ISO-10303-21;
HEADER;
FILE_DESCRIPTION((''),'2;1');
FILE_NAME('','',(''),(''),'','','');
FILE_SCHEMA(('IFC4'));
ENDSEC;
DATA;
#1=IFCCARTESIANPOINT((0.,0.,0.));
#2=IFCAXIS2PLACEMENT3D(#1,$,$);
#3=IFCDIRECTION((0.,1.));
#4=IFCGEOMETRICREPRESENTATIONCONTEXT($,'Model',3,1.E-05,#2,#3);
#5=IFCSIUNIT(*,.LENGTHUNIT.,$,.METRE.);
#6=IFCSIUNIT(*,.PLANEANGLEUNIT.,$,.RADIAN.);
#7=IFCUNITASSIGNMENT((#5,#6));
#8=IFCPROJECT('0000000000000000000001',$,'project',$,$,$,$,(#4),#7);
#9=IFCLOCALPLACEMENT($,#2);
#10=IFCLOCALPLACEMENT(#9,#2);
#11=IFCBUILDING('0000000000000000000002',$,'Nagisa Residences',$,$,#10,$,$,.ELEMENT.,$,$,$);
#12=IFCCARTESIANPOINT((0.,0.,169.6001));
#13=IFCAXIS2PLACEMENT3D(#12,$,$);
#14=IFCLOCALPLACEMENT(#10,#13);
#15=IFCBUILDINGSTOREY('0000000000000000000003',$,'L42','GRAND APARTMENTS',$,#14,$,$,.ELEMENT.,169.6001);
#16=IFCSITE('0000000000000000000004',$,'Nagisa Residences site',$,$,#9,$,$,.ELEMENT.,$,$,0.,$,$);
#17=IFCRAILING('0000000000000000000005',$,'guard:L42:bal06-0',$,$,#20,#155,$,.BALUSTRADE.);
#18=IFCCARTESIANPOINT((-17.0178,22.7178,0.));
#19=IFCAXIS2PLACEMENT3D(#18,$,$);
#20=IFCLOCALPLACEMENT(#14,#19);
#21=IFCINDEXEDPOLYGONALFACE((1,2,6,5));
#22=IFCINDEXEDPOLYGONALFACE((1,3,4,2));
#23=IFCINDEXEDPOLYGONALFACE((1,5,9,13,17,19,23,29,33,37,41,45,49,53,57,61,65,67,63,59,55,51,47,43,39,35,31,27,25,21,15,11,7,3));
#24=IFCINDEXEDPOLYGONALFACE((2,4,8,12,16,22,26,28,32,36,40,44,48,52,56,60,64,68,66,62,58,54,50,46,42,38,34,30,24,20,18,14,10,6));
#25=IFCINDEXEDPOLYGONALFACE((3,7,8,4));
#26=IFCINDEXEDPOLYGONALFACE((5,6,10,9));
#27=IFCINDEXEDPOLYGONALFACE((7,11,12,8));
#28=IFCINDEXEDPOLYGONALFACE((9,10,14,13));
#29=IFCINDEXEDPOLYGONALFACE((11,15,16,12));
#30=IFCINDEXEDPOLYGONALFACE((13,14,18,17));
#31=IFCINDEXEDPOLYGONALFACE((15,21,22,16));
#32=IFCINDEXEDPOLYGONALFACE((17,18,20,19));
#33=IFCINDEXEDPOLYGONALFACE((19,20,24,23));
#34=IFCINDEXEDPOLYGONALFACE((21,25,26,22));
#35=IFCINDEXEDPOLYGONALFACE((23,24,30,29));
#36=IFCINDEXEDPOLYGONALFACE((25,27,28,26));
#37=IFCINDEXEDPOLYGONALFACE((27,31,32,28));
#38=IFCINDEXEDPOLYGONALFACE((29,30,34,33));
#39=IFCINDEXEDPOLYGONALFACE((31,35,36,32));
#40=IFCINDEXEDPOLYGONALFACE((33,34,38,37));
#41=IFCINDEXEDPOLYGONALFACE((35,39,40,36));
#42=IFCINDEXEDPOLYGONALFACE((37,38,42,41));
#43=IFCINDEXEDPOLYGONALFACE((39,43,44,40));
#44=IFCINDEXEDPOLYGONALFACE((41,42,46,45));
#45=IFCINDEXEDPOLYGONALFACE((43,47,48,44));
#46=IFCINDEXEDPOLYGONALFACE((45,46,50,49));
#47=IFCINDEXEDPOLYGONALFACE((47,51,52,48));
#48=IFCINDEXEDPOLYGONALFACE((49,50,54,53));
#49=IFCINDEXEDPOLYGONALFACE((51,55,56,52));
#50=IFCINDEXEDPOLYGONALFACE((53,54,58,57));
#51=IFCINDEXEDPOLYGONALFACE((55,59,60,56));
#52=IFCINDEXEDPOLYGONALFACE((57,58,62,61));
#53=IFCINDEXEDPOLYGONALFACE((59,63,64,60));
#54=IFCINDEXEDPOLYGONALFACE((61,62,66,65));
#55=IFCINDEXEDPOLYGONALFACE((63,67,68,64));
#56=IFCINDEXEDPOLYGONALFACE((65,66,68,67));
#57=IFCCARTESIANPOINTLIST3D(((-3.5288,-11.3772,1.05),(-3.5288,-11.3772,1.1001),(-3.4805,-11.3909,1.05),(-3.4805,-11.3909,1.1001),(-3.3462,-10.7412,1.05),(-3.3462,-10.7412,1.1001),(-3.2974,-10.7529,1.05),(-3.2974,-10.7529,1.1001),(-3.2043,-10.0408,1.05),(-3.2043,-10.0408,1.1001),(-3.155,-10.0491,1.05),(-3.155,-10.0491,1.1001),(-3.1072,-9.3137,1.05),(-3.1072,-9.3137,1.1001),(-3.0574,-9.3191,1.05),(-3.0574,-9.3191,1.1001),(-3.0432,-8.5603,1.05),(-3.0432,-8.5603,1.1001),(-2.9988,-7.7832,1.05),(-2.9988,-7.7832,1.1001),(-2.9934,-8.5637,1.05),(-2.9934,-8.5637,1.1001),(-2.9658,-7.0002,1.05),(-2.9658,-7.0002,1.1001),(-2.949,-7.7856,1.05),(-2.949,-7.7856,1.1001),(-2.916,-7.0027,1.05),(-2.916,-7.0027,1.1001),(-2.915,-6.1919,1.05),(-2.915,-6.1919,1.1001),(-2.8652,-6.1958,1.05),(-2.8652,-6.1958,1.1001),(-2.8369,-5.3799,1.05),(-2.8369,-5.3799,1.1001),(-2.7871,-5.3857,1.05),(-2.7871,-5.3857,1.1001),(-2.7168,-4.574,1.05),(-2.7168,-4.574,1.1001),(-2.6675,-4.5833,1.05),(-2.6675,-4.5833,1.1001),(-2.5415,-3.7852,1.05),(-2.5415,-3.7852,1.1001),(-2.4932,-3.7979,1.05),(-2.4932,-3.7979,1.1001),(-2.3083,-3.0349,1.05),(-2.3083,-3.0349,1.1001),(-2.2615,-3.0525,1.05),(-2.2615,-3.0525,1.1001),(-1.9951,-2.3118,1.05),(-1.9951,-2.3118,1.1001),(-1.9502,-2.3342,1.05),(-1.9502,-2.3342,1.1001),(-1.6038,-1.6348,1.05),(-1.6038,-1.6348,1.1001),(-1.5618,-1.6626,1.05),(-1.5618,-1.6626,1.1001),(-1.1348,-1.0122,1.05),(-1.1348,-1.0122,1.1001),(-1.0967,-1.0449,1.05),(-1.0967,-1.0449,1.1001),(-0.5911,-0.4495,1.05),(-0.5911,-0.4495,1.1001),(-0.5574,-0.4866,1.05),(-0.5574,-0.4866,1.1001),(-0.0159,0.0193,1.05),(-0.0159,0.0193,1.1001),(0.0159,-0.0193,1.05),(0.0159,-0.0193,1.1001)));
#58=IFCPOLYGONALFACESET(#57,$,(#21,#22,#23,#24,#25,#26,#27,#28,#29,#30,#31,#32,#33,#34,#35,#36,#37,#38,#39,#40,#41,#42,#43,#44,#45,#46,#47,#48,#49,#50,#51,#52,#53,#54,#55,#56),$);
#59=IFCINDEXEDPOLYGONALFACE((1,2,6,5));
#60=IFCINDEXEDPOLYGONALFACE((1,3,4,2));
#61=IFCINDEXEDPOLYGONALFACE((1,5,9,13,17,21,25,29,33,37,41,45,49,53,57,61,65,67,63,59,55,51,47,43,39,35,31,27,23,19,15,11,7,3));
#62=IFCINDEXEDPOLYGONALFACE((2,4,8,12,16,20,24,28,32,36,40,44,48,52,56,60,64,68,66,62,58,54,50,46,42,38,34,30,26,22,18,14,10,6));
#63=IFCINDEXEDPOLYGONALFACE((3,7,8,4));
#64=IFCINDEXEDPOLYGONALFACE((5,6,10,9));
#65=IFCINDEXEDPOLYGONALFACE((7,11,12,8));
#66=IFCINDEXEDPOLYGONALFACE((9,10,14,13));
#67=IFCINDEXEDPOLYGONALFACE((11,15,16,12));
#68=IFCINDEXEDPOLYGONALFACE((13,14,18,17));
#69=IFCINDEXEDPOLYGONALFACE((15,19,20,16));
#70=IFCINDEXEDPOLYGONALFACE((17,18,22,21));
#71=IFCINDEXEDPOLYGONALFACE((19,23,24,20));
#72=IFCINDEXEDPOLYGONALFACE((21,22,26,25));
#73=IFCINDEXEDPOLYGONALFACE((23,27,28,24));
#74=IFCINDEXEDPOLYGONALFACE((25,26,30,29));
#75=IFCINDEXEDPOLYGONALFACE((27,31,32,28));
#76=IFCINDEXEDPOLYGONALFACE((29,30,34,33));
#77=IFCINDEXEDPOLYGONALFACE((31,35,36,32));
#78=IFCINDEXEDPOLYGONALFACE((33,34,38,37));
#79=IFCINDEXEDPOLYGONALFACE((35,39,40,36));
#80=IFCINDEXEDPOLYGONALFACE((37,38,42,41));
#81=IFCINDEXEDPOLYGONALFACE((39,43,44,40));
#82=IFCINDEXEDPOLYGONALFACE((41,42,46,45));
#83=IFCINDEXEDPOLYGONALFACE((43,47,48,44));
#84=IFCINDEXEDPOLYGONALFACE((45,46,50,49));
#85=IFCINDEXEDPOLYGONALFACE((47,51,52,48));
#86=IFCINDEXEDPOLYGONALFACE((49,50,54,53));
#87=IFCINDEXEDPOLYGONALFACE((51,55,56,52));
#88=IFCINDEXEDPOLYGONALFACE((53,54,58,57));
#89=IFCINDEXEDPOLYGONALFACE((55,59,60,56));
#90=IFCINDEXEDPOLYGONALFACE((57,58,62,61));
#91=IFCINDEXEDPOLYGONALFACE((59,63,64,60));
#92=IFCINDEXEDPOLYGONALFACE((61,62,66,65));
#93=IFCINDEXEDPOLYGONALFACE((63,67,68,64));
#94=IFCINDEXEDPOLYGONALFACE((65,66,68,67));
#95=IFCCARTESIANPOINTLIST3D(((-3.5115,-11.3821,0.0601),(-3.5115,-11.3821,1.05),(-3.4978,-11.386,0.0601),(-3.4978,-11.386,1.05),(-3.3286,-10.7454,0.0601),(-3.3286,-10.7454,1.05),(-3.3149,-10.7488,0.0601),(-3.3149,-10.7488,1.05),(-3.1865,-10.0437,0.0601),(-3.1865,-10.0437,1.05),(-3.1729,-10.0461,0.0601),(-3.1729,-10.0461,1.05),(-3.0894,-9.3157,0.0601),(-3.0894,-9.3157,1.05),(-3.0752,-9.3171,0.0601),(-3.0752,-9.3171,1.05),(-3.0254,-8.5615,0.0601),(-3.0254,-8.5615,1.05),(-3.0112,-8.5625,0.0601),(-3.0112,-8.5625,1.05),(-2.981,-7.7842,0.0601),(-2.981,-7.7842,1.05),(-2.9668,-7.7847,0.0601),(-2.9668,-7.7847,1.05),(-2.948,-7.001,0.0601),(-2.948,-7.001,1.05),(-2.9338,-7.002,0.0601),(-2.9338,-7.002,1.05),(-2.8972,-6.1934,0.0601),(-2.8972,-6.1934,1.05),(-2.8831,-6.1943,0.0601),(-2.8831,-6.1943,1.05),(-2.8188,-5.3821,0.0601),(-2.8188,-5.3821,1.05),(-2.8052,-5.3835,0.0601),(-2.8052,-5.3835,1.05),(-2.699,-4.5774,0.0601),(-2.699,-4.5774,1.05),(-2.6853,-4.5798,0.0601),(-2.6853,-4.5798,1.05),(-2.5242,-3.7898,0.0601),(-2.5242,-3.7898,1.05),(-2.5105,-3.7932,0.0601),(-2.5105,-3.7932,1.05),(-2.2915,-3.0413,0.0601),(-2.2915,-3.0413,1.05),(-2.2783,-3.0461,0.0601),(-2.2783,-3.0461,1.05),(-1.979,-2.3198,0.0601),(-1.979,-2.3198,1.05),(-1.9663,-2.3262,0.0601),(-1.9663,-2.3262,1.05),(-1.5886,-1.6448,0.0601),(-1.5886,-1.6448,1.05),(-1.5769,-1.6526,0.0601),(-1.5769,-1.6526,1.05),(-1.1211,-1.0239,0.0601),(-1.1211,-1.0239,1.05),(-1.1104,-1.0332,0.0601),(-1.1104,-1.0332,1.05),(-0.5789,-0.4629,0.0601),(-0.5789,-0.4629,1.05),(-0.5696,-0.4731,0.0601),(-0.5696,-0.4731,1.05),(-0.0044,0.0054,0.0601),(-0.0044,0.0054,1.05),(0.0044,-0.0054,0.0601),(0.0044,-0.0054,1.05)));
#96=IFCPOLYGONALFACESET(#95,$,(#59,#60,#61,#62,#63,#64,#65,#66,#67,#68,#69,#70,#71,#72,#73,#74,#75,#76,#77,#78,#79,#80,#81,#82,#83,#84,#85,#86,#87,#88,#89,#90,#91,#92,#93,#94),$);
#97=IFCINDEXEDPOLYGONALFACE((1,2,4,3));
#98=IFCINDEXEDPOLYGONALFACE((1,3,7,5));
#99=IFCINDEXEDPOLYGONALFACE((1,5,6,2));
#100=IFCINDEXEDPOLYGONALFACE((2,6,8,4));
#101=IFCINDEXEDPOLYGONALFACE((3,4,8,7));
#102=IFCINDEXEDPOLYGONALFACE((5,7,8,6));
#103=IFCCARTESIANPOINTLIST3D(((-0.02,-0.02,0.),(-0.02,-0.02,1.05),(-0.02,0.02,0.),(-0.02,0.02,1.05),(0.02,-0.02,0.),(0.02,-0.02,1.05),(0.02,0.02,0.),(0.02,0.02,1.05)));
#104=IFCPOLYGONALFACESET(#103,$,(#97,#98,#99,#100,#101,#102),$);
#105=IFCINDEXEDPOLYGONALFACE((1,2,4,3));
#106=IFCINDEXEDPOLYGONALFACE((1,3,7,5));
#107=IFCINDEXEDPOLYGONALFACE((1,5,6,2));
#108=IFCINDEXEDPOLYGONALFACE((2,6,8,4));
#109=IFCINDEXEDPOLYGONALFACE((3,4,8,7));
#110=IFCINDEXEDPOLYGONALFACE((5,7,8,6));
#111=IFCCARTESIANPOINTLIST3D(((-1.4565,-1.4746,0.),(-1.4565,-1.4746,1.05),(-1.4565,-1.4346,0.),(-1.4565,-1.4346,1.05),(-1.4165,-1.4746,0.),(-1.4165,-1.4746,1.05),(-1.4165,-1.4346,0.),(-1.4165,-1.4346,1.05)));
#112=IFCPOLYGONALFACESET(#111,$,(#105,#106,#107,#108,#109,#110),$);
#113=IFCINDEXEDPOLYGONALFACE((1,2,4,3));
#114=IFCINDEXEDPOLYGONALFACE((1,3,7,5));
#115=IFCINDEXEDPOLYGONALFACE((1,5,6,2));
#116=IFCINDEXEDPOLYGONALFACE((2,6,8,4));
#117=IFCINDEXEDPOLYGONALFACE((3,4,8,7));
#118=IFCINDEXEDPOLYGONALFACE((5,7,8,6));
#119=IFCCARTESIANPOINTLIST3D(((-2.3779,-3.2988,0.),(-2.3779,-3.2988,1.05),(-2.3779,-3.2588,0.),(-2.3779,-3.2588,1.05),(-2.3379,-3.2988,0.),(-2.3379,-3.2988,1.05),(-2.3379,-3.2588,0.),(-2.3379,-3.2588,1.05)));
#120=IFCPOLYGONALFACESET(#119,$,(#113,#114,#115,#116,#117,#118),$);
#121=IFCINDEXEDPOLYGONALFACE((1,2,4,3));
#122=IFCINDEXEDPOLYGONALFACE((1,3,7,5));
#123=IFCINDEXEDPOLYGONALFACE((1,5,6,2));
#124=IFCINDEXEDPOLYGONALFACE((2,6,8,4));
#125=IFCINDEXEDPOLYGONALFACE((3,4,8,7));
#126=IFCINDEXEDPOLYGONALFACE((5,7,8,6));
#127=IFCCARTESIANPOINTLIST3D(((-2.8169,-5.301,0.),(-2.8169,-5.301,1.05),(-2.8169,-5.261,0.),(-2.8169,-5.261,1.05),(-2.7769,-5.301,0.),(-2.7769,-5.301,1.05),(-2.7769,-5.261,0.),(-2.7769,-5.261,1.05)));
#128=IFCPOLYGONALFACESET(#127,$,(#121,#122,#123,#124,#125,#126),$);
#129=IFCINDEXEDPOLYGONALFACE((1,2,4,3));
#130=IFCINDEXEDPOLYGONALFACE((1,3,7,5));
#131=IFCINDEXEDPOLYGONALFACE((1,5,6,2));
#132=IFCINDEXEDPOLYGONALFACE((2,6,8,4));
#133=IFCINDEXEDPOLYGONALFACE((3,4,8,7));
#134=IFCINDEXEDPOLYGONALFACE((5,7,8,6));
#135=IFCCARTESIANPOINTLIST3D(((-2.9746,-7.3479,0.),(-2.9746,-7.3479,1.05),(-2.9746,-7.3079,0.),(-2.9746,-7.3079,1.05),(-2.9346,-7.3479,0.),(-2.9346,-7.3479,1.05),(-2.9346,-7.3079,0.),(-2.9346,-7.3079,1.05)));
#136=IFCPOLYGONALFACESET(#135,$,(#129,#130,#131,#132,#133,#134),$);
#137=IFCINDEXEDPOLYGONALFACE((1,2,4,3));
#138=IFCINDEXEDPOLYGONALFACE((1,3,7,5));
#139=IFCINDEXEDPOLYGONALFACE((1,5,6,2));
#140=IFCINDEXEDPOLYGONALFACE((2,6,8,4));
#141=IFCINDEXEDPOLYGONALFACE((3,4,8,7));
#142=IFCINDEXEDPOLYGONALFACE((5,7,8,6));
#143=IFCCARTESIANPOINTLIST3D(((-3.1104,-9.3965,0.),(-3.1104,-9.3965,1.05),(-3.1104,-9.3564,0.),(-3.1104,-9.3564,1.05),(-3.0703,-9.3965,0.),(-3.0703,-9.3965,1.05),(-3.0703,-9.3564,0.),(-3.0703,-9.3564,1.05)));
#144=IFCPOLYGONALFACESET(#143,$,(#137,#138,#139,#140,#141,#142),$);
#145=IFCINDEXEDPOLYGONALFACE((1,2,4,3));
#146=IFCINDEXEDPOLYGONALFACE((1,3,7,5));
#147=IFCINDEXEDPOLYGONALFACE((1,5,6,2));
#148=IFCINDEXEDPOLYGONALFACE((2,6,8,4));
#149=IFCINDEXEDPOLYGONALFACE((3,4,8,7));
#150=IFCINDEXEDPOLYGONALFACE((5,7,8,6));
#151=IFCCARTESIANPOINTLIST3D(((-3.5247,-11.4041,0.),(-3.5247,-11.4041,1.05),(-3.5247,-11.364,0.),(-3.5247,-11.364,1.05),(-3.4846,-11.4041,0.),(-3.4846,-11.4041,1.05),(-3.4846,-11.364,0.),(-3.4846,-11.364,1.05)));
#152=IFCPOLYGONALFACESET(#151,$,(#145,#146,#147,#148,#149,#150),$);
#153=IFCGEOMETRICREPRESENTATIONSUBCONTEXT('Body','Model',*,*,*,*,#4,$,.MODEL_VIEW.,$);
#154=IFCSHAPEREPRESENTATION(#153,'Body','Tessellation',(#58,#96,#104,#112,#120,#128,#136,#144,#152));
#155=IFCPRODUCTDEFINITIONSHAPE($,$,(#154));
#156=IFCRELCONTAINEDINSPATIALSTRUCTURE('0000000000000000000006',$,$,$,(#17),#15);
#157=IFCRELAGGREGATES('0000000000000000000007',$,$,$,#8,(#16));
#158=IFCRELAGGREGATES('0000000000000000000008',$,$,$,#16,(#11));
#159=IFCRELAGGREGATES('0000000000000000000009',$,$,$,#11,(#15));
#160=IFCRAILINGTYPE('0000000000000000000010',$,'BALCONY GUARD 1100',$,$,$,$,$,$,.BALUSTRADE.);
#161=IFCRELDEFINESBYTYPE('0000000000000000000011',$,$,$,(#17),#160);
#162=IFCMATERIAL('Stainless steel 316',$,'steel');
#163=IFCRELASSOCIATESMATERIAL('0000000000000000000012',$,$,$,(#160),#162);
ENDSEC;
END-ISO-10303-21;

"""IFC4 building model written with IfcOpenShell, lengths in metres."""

from ifc_helpers import new_model, si_unit, direction, frame, origin, origin_2d, place, context, subcontext, project, spatial, polyline, rectangle, outline, extrude, material, type_object, element, save


model = new_model("IFC4")

# Units and contexts
model_context = context("Model", 3, precision=1e-05, world=origin(), true_north=direction((0.0, 1.0)))
body_context = subcontext(model_context, "Body", "Model", "MODEL_VIEW")
ifc_project = project(units=[si_unit("LENGTHUNIT", "METRE"), si_unit("PLANEANGLEUNIT", "RADIAN")], contexts=[model_context])

# Site, building, storey
site_placement = place(None, origin())
site = spatial("IfcSite", under=ifc_project, at=site_placement, Name="Nagisa Residences site", CompositionType="ELEMENT", RefElevation=0.0)
building_placement = place(site_placement, origin())
building = spatial("IfcBuilding", under=site, at=building_placement, Name="Nagisa Residences", CompositionType="ELEMENT")
storey_placement = place(building_placement, frame((0.0, 0.0, 169.6001)))
storey = spatial("IfcBuildingStorey", under=building, at=storey_placement, Name="L42", Description="GRAND APARTMENTS", CompositionType="ELEMENT", Elevation=169.6001)

# Railing
ifc_material_1 = material(Name="Stainless steel 316", Category="steel")
railing_type = type_object("IfcRailingType", Name="BALCONY GUARD 1100", PredefinedType="BALUSTRADE", material=ifc_material_1)
railing_placement = place(storey_placement, frame((-17.0178, 22.7178, 0.0)))
element("IfcRailing", 1, at=railing_placement, inside=storey, type_object=railing_type, Name="guard:L42:bal06-0", PredefinedType="BALUSTRADE", context=body_context, shape_type="SweptSolid", body=[
    extrude(outline(polyline([(-0.5574, -0.4866), (0.0159, -0.0193), (-0.0159, 0.0193), (-0.5911, -0.4495), (-1.1348, -1.0122), (-1.6038, -1.6348), (-1.9951, -2.3118), (-2.3083, -3.0349), (-2.5415, -3.7852), (-2.7168, -4.574), (-2.8369, -5.3799), (-2.915, -6.1919), (-2.9658, -7.0002), (-2.9988, -7.7832), (-3.0432, -8.5603), (-3.1072, -9.3137), (-3.2043, -10.0408), (-3.3462, -10.7412), (-3.5288, -11.3772), (-3.4805, -11.3909), (-3.2974, -10.7529), (-3.155, -10.0491), (-3.0574, -9.3191), (-2.9934, -8.5637), (-2.949, -7.7856), (-2.916, -7.0027), (-2.8652, -6.1958), (-2.7871, -5.3857), (-2.6675, -4.5833), (-2.4932, -3.7979), (-2.2615, -3.0525), (-1.9502, -2.3342), (-1.5618, -1.6626), (-1.0967, -1.0449), (-0.5574, -0.4866)])), frame((0.0, 0.0, 1.05)), (0.0, 0.0, 1.0), 0.05),
    extrude(outline(polyline([(-0.5696, -0.4731), (0.0044, -0.0054), (-0.0044, 0.0054), (-0.5789, -0.4629), (-1.1211, -1.0239), (-1.5886, -1.6448), (-1.979, -2.3198), (-2.2915, -3.0413), (-2.5242, -3.7898), (-2.699, -4.5774), (-2.8188, -5.3821), (-2.8972, -6.1934), (-2.948, -7.001), (-2.981, -7.7842), (-3.0254, -8.5615), (-3.0894, -9.3157), (-3.1865, -10.0437), (-3.3286, -10.7454), (-3.5115, -11.3821), (-3.4978, -11.386), (-3.3149, -10.7488), (-3.1729, -10.0461), (-3.0752, -9.3171), (-3.0112, -8.5625), (-2.9668, -7.7847), (-2.9338, -7.002), (-2.8831, -6.1943), (-2.8052, -5.3835), (-2.6853, -4.5798), (-2.5105, -3.7932), (-2.2783, -3.0461), (-1.9663, -2.3262), (-1.5769, -1.6526), (-1.1104, -1.0332), (-0.5696, -0.4731)])), frame((0.0, 0.0, 0.0601)), (0.0, 0.0, 1.0), 0.99),
    extrude(rectangle(XDim=0.04, YDim=0.04, at=origin_2d()), origin(), (0.0, 0.0, 1.0), 1.05),
    extrude(rectangle(XDim=0.04, YDim=0.04, at=origin_2d()), frame((-1.4365, -1.4546, 0.0)), (0.0, 0.0, 1.0), 1.05),
    extrude(rectangle(XDim=0.04, YDim=0.04, at=origin_2d()), frame((-2.3579, -3.2788, 0.0)), (0.0, 0.0, 1.0), 1.05),
    extrude(rectangle(XDim=0.04, YDim=0.04, at=origin_2d()), frame((-2.7969, -5.281, 0.0)), (0.0, 0.0, 1.0), 1.05),
    extrude(rectangle(XDim=0.04, YDim=0.04, at=origin_2d()), frame((-2.9546, -7.3279, 0.0)), (0.0, 0.0, 1.0), 1.05),
    extrude(rectangle(XDim=0.04, YDim=0.04, at=origin_2d()), frame((-3.0903, -9.3765, 0.0)), (0.0, 0.0, 1.0), 1.05),
    extrude(rectangle(XDim=0.04, YDim=0.04, at=origin_2d()), frame((-3.5046, -11.384, 0.0)), (0.0, 0.0, 1.0), 1.05),
])

save(model, "model.ifc")
